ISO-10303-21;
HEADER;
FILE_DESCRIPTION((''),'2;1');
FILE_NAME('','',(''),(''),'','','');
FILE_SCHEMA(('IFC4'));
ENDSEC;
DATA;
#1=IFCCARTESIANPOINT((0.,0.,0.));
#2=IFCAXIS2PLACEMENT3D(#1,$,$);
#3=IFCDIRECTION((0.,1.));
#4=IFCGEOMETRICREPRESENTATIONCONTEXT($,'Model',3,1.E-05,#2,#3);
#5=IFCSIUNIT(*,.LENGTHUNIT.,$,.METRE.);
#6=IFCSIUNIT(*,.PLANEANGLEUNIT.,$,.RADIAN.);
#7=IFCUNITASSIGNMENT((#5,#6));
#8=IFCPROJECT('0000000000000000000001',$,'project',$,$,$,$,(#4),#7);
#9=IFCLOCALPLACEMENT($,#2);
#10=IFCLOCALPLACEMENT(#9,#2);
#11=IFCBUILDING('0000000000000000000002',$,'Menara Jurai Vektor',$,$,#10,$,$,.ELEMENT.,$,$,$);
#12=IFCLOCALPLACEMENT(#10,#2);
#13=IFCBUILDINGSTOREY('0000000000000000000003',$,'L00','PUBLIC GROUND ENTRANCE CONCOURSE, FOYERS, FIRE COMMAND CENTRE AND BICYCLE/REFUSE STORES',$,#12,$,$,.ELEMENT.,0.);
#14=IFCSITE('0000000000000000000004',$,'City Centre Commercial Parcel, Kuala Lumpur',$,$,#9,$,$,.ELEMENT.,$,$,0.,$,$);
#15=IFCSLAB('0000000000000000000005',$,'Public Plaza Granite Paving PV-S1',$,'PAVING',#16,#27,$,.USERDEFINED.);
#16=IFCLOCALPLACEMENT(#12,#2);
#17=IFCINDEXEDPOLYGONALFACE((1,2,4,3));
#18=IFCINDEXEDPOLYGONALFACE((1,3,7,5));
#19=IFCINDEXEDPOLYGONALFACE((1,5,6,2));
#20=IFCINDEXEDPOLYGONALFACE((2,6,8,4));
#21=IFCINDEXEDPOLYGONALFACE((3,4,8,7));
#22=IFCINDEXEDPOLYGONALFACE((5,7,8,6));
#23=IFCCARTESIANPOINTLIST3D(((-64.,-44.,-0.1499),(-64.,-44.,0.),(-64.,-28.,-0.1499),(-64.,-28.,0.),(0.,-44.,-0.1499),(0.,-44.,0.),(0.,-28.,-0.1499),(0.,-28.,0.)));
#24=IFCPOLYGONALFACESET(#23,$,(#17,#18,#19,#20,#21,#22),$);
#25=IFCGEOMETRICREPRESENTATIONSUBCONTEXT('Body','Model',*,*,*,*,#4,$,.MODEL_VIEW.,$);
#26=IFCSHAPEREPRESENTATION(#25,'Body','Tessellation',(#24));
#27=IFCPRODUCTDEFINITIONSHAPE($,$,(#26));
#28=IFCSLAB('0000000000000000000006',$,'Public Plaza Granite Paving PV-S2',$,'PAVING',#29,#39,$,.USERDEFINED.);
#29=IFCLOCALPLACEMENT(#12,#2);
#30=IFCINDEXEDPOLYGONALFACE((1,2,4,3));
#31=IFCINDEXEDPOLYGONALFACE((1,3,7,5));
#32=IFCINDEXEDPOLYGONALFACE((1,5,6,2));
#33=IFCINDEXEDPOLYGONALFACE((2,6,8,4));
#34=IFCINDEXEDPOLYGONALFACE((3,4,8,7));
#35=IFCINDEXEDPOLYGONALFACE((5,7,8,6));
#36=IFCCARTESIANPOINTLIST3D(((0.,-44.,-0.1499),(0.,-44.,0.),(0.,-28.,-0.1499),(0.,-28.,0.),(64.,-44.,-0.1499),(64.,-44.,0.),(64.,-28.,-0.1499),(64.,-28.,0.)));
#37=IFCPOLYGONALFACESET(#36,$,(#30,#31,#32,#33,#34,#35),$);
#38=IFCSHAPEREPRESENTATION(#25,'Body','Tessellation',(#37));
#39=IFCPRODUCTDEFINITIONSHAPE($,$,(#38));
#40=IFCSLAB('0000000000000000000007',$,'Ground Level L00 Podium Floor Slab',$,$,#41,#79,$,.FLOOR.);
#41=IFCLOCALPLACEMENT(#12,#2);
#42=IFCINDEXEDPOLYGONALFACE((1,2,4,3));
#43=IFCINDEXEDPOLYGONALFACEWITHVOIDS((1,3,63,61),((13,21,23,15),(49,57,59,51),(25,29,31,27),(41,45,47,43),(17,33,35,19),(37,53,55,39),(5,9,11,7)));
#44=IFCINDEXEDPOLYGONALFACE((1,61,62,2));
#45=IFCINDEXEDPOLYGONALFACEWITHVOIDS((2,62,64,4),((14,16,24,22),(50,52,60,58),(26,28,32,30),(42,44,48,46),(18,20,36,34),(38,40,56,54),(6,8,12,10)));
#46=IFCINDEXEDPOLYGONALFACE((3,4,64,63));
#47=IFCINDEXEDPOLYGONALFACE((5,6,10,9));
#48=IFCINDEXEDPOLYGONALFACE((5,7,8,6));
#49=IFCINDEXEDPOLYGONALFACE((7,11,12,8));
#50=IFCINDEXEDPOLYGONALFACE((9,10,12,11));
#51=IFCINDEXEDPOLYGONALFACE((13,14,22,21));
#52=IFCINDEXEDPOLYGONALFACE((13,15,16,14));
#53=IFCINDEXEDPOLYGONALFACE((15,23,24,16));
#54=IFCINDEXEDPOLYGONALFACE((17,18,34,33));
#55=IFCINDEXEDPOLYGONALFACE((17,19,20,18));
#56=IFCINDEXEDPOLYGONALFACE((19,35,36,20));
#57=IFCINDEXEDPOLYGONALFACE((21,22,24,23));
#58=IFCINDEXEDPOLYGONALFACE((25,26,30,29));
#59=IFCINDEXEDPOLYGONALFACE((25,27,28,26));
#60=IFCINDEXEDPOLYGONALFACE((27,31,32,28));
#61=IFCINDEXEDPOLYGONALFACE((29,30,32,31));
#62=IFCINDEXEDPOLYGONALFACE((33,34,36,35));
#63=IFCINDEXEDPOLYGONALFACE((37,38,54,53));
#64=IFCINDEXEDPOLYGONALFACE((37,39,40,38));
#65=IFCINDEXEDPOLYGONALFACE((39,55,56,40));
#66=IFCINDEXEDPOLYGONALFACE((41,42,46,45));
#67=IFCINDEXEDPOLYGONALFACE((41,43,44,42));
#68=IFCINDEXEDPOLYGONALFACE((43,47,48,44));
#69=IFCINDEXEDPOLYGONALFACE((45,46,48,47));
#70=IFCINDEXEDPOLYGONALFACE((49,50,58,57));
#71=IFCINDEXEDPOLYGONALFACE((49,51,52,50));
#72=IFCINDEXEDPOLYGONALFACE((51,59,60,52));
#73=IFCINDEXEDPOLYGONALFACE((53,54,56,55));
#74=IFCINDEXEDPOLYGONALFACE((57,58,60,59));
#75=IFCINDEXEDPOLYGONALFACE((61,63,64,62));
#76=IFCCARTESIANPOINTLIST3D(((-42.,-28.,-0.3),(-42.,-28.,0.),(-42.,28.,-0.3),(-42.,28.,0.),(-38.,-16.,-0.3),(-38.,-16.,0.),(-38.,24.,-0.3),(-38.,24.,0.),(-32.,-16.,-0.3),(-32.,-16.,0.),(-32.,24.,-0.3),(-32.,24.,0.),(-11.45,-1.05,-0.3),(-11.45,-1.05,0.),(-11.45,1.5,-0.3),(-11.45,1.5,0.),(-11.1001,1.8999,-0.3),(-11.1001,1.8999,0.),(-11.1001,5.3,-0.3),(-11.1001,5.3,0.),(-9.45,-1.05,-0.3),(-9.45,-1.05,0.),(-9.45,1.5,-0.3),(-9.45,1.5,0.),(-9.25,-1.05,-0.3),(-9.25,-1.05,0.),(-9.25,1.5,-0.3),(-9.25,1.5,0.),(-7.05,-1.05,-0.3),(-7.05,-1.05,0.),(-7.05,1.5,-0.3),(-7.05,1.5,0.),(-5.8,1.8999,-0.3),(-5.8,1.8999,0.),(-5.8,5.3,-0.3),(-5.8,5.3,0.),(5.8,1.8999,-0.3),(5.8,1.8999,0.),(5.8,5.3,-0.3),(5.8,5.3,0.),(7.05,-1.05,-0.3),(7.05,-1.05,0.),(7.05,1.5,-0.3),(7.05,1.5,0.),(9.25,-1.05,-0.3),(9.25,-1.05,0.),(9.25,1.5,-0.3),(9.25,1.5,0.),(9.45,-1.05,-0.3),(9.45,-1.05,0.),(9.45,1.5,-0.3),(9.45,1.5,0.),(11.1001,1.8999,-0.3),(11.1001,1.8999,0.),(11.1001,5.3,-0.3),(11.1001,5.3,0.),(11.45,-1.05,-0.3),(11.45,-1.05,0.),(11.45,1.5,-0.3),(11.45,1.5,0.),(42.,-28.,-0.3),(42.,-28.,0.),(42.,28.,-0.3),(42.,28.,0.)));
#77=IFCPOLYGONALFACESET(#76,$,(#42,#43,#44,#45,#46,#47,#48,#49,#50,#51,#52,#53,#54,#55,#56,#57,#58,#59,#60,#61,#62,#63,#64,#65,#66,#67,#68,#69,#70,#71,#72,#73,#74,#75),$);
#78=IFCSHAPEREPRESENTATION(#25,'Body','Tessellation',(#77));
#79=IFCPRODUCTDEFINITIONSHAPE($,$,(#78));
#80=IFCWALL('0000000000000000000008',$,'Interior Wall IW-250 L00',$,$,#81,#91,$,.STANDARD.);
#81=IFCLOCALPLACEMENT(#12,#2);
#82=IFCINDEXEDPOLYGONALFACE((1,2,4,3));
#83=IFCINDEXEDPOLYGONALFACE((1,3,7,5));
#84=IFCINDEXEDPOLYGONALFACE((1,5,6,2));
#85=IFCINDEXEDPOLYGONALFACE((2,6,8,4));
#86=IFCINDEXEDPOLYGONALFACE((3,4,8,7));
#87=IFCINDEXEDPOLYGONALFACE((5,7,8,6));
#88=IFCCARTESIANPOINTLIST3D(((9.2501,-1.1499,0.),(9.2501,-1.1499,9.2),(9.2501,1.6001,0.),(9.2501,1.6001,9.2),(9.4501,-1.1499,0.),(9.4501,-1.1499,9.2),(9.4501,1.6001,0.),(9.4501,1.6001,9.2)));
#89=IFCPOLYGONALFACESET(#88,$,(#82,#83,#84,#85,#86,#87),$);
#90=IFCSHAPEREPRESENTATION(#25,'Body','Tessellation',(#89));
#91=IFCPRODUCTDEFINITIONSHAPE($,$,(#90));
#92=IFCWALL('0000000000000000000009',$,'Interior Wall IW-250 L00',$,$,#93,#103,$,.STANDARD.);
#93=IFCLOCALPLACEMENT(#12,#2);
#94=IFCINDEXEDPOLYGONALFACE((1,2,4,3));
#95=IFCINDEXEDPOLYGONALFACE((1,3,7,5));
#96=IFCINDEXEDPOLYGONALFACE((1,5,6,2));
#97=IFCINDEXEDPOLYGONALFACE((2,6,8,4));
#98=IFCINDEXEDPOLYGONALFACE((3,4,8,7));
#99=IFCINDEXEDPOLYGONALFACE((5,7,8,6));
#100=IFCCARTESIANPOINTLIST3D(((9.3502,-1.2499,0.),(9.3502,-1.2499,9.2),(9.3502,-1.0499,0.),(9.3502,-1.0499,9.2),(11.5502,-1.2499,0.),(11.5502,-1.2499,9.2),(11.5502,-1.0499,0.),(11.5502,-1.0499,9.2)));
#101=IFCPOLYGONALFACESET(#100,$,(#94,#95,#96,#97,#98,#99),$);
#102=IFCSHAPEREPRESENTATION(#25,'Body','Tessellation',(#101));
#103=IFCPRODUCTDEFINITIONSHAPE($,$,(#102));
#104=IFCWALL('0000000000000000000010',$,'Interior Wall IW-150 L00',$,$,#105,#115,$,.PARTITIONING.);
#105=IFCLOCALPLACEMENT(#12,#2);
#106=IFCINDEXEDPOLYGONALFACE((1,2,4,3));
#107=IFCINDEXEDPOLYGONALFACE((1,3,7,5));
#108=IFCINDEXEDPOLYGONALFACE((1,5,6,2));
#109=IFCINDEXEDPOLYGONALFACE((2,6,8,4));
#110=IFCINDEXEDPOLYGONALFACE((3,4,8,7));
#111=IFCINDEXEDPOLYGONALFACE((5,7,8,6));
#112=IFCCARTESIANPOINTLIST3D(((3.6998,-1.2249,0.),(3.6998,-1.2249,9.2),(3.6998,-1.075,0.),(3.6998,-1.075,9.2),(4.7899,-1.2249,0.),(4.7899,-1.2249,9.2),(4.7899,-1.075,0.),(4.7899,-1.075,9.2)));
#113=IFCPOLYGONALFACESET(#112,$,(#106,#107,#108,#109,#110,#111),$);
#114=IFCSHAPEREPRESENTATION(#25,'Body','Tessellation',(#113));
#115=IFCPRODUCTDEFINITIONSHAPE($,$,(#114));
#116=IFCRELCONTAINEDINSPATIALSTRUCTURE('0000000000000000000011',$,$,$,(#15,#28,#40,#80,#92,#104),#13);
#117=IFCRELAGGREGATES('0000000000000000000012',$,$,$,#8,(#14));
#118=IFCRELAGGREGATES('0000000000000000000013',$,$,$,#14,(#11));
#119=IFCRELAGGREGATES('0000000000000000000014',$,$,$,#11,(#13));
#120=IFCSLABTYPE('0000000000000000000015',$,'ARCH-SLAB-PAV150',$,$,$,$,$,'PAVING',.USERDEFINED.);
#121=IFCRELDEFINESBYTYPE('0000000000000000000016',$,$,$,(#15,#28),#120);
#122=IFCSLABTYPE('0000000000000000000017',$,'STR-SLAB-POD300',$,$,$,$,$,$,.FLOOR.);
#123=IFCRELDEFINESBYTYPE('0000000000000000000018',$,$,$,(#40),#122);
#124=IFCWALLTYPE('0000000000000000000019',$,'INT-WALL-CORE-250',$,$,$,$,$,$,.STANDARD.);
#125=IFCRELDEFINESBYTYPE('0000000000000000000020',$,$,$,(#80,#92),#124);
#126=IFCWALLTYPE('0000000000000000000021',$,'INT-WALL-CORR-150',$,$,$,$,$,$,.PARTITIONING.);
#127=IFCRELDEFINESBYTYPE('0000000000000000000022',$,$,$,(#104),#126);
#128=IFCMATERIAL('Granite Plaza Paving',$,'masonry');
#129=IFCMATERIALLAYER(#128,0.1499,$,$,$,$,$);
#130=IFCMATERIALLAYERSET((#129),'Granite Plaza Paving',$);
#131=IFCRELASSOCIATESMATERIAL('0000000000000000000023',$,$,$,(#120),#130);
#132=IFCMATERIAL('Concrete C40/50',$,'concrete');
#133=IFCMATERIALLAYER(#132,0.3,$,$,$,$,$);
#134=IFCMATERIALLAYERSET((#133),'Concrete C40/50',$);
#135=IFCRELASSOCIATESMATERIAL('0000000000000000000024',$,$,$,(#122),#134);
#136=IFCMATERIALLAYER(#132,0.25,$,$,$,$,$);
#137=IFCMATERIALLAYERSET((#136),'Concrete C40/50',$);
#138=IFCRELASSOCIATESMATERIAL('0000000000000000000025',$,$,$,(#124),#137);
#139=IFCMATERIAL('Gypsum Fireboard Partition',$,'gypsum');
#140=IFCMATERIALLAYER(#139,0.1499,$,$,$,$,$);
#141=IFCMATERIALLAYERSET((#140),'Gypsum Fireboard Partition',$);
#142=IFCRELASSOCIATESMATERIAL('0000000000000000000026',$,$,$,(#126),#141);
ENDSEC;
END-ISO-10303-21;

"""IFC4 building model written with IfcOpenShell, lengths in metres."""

from ifc_helpers import new_model, si_unit, direction, frame, frame_2d, origin, place, context, subcontext, project, spatial, polyline, rectangle, outline, extrude, material, layer, layer_set, type_object, element, save


model = new_model("IFC4")

# Units and contexts
model_context = context("Model", 3, precision=1e-05, world=origin(), true_north=direction((0.0, 1.0)))
body_context = subcontext(model_context, "Body", "Model", "MODEL_VIEW")
ifc_project = project(units=[si_unit("LENGTHUNIT", "METRE"), si_unit("PLANEANGLEUNIT", "RADIAN")], contexts=[model_context])

# Site, building, storey
site_placement = place(None, origin())
site = spatial("IfcSite", under=ifc_project, at=site_placement, Name="City Centre Commercial Parcel, Kuala Lumpur", CompositionType="ELEMENT", RefElevation=0.0)
building_placement = place(site_placement, origin())
building = spatial("IfcBuilding", under=site, at=building_placement, Name="Menara Jurai Vektor", CompositionType="ELEMENT")
storey_placement = place(building_placement, origin())
storey = spatial("IfcBuildingStorey", under=building, at=storey_placement, Name="L00", Description="PUBLIC GROUND ENTRANCE CONCOURSE, FOYERS, FIRE COMMAND CENTRE AND BICYCLE/REFUSE STORES", CompositionType="ELEMENT", Elevation=0.0)

# Slabs
ifc_material_1 = material(Name="Granite Plaza Paving", Category="masonry")
ifc_layer_1 = layer(ifc_material_1, 0.1499)
ifc_layer_set_1 = layer_set([ifc_layer_1], Name="Granite Plaza Paving")
slab_type_1 = type_object("IfcSlabType", Name="ARCH-SLAB-PAV150", ElementType="PAVING", PredefinedType="USERDEFINED", material=ifc_layer_set_1)
slab_1_placement = place(storey_placement, frame((0.0, 0.0, -0.1499)))
element("IfcSlab", 1, at=slab_1_placement, inside=storey, type_object=slab_type_1, Name="Public Plaza Granite Paving PV-S1", ObjectType="PAVING", PredefinedType="USERDEFINED", context=body_context, shape_type="SweptSolid", body=[
    extrude(outline(polyline([(0.0, -44.0), (0.0, -28.0), (-64.0, -28.0), (-64.0, -44.0), (0.0, -44.0)])), origin(), (0.0, 0.0, 1.0), 0.1499),
])
slab_2_placement = place(storey_placement, frame((0.0, 0.0, -0.1499)))
element("IfcSlab", 2, at=slab_2_placement, inside=storey, type_object=slab_type_1, Name="Public Plaza Granite Paving PV-S2", ObjectType="PAVING", PredefinedType="USERDEFINED", context=body_context, shape_type="SweptSolid", body=[
    extrude(outline(polyline([(64.0, -44.0), (64.0, -28.0), (0.0, -28.0), (0.0, -44.0), (64.0, -44.0)])), origin(), (0.0, 0.0, 1.0), 0.1499),
])
ifc_material_2 = material(Name="Concrete C40/50", Category="concrete")
ifc_layer_2 = layer(ifc_material_2, 0.3)
ifc_layer_set_2 = layer_set([ifc_layer_2], Name="Concrete C40/50")
slab_type_2 = type_object("IfcSlabType", Name="STR-SLAB-POD300", PredefinedType="FLOOR", material=ifc_layer_set_2)
slab_3_placement = place(storey_placement, frame((0.0, 0.0, -0.3)))
element("IfcSlab", 3, at=slab_3_placement, inside=storey, type_object=slab_type_2, Name="Ground Level L00 Podium Floor Slab", PredefinedType="FLOOR", context=body_context, shape_type="SweptSolid", body=[
    extrude(outline(polyline([(42.0, -28.0), (42.0, 28.0), (-42.0, 28.0), (-42.0, -28.0), (42.0, -28.0)]), holes=[polyline([(-11.1001, 1.8999), (-11.1001, 5.3), (-5.8, 5.3), (-5.8, 1.8999), (-11.1001, 1.8999)]), polyline([(5.8, 1.8999), (5.8, 5.3), (11.1001, 5.3), (11.1001, 1.8999), (5.8, 1.8999)]), polyline([(-38.0, -16.0), (-38.0, 24.0), (-32.0, 24.0), (-32.0, -16.0), (-38.0, -16.0)]), polyline([(-11.45, -1.05), (-11.45, 1.5), (-9.45, 1.5), (-9.45, -1.05), (-11.45, -1.05)]), polyline([(9.45, -1.05), (9.45, 1.5), (11.45, 1.5), (11.45, -1.05), (9.45, -1.05)]), polyline([(-9.25, -1.05), (-9.25, 1.5), (-7.05, 1.5), (-7.05, -1.05), (-9.25, -1.05)]), polyline([(7.05, -1.05), (7.05, 1.5), (9.25, 1.5), (9.25, -1.05), (7.05, -1.05)])]), origin(), (0.0, 0.0, 1.0), 0.3),
])

# Walls
ifc_layer_3 = layer(ifc_material_2, 0.25)
ifc_layer_set_3 = layer_set([ifc_layer_3], Name="Concrete C40/50")
wall_type_1 = type_object("IfcWallType", Name="INT-WALL-CORE-250", PredefinedType="STANDARD", material=ifc_layer_set_3)
wall_1_placement = place(storey_placement, frame((9.3501, -1.1499, 0.0), z_axis=(0.0, 0.0, 1.0), x_axis=(0.0, 1.0, 0.0)))
element("IfcWall", 4, at=wall_1_placement, inside=storey, type_object=wall_type_1, Name="Interior Wall IW-250 L00", PredefinedType="STANDARD", context=body_context, shape_type="SweptSolid", body=[
    extrude(rectangle(XDim=2.75, YDim=0.2, at=frame_2d((1.375, 0.0))), origin(), (0.0, 0.0, 1.0), 9.2),
])
wall_2_placement = place(storey_placement, frame((9.3501, -1.1499, 0.0), z_axis=(0.0, 0.0, 1.0), x_axis=(1.0, 0.0, 0.0)))
element("IfcWall", 5, at=wall_2_placement, inside=storey, type_object=wall_type_1, Name="Interior Wall IW-250 L00", PredefinedType="STANDARD", context=body_context, shape_type="SweptSolid", body=[
    extrude(rectangle(XDim=2.2, YDim=0.2, at=frame_2d((1.1001, 0.0))), origin(), (0.0, 0.0, 1.0), 9.2),
])
ifc_material_3 = material(Name="Gypsum Fireboard Partition", Category="gypsum")
ifc_layer_4 = layer(ifc_material_3, 0.1499)
ifc_layer_set_4 = layer_set([ifc_layer_4], Name="Gypsum Fireboard Partition")
wall_type_2 = type_object("IfcWallType", Name="INT-WALL-CORR-150", PredefinedType="PARTITIONING", material=ifc_layer_set_4)
wall_3_placement = place(storey_placement, frame((3.7, -1.1499, 0.0), z_axis=(0.0, 0.0, 1.0), x_axis=(1.0, 0.0, 0.0)))
element("IfcWall", 6, at=wall_3_placement, inside=storey, type_object=wall_type_2, Name="Interior Wall IW-150 L00", PredefinedType="PARTITIONING", context=body_context, shape_type="SweptSolid", body=[
    extrude(rectangle(XDim=1.0901, YDim=0.1499, at=frame_2d((0.5449, 0.0))), origin(), (0.0, 0.0, 1.0), 9.2),
])

save(model, "model.ifc")
